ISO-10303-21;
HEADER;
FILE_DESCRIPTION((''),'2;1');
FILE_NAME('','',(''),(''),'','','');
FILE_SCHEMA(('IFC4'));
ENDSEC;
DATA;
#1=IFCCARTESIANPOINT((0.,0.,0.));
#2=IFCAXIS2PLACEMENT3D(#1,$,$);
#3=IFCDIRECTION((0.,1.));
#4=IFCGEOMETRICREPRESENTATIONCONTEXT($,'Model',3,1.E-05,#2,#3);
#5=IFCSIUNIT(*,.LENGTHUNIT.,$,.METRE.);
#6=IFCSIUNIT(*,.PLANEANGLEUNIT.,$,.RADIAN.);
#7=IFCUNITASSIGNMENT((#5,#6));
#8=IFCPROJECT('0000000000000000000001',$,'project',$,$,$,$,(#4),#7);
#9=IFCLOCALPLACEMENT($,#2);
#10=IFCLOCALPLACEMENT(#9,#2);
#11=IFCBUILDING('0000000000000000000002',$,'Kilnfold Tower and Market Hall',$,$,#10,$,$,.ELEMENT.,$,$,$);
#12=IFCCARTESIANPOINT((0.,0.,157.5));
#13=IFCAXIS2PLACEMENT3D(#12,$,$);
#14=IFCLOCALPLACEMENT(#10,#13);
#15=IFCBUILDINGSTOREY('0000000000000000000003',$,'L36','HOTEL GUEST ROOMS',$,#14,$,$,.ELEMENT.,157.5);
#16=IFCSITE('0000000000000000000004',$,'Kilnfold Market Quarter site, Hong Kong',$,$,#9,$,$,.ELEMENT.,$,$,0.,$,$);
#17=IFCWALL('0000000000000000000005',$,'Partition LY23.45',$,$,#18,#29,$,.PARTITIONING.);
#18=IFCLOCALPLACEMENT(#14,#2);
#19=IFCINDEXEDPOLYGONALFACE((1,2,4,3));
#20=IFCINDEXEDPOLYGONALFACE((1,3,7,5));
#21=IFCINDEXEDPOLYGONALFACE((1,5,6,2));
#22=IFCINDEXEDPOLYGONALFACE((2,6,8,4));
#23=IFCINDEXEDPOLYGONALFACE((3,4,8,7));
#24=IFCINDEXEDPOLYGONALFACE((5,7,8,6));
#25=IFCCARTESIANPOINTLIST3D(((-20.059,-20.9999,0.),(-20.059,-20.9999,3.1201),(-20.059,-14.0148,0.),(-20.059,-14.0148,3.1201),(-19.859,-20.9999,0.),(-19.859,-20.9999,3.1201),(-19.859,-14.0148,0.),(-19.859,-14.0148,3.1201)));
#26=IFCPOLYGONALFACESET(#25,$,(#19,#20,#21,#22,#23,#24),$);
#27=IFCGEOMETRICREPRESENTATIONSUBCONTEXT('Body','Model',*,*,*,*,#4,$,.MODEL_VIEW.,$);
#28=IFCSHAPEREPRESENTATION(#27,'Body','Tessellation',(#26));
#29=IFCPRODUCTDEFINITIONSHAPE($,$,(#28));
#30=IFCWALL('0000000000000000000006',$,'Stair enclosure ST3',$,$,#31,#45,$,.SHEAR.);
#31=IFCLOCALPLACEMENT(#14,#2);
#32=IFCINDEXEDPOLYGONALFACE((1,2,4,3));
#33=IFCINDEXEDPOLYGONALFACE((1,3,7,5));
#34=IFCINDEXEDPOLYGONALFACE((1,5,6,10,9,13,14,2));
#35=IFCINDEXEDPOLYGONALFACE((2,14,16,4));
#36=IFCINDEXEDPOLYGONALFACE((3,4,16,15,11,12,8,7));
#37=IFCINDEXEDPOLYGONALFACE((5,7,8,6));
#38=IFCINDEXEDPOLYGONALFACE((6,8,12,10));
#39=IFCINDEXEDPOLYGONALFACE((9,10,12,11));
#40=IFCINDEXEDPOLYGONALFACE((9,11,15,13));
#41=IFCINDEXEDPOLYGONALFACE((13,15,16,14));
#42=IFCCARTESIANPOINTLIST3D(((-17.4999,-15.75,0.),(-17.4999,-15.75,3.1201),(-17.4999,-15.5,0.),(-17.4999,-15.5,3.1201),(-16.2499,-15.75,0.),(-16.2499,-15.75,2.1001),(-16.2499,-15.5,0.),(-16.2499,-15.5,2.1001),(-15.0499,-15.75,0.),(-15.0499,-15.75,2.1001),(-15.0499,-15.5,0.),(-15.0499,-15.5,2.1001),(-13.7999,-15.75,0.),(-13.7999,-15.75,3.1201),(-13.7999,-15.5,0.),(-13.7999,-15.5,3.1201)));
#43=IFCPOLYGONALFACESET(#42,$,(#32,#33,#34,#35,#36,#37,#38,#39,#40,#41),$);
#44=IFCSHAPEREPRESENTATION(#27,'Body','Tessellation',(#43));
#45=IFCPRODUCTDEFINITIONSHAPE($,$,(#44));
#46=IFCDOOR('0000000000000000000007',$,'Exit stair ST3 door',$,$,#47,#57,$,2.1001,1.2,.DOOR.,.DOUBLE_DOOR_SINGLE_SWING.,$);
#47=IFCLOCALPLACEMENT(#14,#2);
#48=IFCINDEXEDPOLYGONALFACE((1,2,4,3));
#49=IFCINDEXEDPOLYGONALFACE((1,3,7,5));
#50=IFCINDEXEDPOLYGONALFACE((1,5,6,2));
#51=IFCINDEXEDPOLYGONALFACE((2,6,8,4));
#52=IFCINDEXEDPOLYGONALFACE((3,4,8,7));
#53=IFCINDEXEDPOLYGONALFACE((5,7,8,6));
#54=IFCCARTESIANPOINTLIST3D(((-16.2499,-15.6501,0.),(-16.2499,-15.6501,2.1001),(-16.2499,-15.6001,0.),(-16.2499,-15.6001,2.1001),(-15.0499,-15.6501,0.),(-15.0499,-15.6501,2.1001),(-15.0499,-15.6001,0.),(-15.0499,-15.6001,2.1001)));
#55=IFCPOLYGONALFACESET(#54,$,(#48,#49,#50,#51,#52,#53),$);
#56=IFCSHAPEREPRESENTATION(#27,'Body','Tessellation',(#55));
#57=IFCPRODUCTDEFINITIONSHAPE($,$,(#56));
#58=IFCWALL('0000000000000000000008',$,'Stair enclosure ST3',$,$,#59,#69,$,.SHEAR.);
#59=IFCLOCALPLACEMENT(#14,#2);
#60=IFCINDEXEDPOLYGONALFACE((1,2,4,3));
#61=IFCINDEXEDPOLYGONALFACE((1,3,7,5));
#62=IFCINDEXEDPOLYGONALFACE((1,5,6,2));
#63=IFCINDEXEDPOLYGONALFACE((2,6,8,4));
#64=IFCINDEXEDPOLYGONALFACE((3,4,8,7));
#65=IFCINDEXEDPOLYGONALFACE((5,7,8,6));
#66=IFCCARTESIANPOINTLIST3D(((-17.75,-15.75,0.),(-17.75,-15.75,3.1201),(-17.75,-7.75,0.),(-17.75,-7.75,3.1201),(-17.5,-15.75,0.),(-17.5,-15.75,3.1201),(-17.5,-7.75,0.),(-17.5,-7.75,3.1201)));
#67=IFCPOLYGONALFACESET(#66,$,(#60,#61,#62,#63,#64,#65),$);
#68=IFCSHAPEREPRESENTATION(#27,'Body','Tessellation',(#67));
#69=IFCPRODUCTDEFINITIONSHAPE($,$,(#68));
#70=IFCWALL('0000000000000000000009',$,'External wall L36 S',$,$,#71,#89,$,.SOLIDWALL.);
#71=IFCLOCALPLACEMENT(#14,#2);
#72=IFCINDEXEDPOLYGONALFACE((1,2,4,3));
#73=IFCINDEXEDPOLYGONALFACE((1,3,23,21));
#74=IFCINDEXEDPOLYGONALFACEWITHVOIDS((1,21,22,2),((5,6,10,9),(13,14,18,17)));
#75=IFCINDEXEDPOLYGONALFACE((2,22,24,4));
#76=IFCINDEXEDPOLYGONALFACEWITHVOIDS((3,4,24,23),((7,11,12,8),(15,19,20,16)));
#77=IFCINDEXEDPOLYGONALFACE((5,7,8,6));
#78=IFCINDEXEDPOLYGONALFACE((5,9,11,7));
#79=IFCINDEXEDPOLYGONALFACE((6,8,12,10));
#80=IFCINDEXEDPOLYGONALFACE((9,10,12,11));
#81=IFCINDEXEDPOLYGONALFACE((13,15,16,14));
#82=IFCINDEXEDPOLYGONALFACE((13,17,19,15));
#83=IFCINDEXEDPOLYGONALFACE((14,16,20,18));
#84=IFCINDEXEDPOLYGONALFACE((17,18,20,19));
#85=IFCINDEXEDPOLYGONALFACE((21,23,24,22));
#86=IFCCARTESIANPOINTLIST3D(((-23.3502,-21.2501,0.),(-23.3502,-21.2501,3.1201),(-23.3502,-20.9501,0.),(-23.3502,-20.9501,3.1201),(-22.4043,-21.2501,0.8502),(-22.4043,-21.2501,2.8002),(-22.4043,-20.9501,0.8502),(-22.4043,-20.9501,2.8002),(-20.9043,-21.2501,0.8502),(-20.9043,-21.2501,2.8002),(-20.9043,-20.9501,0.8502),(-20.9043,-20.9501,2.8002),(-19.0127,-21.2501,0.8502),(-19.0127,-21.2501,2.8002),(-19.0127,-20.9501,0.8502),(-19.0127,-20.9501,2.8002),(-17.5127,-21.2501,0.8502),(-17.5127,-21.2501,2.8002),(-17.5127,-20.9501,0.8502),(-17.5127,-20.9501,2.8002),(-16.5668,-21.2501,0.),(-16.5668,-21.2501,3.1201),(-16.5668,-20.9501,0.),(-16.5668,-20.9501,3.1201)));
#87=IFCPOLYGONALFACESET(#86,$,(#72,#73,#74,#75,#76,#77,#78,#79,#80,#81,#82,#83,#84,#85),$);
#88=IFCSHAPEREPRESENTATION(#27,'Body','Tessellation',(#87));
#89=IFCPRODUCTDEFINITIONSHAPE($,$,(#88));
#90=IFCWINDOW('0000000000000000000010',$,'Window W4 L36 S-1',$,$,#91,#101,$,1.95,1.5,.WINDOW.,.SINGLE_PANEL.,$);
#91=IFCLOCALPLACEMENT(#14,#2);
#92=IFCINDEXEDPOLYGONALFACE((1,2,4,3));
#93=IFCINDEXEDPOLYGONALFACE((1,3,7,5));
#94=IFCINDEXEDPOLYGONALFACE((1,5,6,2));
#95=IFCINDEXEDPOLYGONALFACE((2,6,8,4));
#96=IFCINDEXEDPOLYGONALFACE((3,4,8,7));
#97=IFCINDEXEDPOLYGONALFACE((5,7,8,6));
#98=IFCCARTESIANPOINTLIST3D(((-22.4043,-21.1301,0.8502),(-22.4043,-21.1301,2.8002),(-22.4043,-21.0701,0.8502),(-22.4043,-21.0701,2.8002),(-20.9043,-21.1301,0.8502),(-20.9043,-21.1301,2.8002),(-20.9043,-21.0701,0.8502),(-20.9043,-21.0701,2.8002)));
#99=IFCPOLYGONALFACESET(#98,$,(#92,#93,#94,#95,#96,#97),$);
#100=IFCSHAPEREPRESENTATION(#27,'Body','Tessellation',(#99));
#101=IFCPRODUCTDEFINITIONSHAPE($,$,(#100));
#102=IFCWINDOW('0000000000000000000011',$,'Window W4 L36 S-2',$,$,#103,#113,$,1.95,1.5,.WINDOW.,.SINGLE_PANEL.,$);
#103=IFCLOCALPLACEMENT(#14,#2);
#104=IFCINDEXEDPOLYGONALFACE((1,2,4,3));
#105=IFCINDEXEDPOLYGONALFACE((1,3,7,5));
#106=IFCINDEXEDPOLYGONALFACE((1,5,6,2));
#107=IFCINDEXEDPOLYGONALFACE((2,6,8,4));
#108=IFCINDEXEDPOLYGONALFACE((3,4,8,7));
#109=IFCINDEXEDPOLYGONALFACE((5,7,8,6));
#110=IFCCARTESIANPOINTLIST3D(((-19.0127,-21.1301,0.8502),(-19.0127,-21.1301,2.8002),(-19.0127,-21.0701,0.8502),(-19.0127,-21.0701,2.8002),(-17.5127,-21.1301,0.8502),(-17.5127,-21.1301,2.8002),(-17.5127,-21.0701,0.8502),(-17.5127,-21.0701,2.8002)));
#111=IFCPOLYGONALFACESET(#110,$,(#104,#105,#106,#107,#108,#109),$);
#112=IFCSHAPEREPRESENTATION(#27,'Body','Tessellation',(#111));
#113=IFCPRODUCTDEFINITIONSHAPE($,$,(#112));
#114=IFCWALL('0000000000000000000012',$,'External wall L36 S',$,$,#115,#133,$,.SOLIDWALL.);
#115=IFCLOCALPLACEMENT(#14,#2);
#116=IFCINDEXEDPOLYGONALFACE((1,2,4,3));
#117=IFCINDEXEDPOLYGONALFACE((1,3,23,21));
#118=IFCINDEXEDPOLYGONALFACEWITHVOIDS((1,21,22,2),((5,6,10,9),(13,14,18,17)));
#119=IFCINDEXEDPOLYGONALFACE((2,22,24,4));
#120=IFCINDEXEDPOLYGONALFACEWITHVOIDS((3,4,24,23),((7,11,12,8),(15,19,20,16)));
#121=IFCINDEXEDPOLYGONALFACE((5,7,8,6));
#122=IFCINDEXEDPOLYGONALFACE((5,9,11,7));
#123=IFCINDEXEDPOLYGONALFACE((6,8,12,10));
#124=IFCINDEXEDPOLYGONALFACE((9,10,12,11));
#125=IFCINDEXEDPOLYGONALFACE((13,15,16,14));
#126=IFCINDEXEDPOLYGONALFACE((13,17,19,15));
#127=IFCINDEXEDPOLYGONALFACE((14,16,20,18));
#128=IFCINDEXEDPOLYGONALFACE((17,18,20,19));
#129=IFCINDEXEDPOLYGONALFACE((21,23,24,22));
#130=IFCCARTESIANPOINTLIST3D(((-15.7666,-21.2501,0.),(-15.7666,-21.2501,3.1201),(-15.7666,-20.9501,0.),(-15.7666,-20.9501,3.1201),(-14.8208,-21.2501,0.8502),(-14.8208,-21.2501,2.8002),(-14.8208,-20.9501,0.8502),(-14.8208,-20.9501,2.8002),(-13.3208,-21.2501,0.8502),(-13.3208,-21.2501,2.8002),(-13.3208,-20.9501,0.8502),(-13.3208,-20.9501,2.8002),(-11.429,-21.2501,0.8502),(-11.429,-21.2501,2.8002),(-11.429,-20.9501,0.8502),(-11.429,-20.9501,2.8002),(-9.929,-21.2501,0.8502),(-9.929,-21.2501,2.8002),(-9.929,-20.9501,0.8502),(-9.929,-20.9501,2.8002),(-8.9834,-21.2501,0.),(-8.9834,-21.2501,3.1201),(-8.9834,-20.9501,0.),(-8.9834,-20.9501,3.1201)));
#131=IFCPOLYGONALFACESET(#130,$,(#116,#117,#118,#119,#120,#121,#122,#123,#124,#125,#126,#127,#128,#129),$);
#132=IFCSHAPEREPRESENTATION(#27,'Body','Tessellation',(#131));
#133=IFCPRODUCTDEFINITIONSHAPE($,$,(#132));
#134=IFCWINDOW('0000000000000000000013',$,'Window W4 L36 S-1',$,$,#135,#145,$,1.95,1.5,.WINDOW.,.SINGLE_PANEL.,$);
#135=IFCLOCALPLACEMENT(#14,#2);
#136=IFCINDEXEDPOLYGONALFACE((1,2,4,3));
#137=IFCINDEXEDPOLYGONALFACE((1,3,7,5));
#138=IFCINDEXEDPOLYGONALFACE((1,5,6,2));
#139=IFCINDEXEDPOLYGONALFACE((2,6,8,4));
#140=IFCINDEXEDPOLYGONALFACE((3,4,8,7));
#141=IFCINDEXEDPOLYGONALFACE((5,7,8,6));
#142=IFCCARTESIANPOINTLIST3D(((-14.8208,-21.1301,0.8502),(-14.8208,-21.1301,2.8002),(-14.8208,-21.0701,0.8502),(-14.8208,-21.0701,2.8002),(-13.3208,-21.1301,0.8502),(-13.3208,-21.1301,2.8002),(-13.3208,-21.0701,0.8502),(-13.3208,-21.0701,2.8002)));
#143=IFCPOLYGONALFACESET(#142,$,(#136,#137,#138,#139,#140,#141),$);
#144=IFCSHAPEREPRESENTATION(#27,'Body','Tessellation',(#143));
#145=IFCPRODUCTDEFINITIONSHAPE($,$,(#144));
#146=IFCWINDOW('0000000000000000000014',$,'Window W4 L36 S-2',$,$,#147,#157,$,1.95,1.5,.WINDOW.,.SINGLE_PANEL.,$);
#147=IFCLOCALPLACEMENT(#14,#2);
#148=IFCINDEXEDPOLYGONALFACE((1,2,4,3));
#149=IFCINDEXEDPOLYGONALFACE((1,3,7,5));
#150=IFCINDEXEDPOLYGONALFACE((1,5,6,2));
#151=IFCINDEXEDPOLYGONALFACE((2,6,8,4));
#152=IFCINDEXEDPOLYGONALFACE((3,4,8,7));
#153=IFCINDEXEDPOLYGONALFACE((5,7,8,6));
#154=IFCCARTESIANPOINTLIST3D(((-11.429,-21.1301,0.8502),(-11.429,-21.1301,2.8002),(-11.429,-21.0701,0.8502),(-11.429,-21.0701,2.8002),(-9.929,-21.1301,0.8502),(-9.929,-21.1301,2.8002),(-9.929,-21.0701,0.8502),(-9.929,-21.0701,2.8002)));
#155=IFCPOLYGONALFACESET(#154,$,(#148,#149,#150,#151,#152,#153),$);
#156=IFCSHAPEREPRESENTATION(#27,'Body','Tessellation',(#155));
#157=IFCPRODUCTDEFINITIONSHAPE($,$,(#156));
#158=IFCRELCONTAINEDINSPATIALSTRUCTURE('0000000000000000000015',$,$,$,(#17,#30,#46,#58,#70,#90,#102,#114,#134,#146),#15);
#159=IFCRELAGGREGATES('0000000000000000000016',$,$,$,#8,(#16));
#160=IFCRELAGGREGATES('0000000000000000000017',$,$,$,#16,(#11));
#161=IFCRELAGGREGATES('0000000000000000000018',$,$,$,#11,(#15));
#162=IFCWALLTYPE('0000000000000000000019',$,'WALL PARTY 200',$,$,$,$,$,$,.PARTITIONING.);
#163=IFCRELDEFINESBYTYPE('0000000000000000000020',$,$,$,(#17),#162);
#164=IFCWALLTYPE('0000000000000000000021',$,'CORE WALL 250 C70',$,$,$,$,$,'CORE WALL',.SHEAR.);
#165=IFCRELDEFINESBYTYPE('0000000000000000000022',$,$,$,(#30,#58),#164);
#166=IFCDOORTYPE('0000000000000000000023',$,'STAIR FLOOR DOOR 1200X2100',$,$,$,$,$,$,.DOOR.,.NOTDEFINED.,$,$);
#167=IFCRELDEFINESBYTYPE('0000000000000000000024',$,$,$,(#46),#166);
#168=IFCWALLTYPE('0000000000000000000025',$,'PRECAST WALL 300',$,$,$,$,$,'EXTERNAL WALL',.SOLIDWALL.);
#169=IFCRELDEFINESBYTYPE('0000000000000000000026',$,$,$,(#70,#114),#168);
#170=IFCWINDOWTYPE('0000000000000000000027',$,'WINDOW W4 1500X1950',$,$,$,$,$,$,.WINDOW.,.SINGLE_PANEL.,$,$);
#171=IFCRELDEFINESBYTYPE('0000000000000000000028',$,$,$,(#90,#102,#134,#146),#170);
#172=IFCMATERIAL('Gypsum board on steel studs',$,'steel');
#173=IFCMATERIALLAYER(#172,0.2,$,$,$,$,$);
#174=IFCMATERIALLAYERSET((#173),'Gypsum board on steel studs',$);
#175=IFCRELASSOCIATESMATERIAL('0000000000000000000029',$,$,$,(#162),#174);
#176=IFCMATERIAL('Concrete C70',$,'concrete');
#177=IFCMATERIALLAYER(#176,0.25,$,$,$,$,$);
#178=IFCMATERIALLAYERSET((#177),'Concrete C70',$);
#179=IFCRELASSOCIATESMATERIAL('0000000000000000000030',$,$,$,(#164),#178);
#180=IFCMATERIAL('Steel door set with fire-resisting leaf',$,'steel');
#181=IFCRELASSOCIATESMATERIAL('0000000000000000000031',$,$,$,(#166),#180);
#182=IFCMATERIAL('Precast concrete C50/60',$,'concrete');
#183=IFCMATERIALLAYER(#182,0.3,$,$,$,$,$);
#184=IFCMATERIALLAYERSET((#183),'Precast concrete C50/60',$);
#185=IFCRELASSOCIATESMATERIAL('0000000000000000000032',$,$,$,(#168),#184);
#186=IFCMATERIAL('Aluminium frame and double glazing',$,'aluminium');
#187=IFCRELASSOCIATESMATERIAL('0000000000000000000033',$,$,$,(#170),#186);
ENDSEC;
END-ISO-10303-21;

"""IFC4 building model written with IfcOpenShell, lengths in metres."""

from ifc_helpers import new_model, si_unit, direction, frame, frame_2d, origin, place, context, subcontext, project, spatial, rectangle, extrude, source, transform, mapped, material, layer, layer_set, type_object, element, fill, save


model = new_model("IFC4")

# Units and contexts
model_context = context("Model", 3, precision=1e-05, world=origin(), true_north=direction((0.0, 1.0)))
body_context = subcontext(model_context, "Body", "Model", "MODEL_VIEW")
ifc_project = project(units=[si_unit("LENGTHUNIT", "METRE"), si_unit("PLANEANGLEUNIT", "RADIAN")], contexts=[model_context])

# Site, building, storey
site_placement = place(None, origin())
site = spatial("IfcSite", under=ifc_project, at=site_placement, Name="Kilnfold Market Quarter site, Hong Kong", CompositionType="ELEMENT", RefElevation=0.0)
building_placement = place(site_placement, origin())
building = spatial("IfcBuilding", under=site, at=building_placement, Name="Kilnfold Tower and Market Hall", CompositionType="ELEMENT")
storey_placement = place(building_placement, frame((0.0, 0.0, 157.5)))
storey = spatial("IfcBuildingStorey", under=building, at=storey_placement, Name="L36", Description="HOTEL GUEST ROOMS", CompositionType="ELEMENT", Elevation=157.5)

# Wall
ifc_material_1 = material(Name="Gypsum board on steel studs", Category="steel")
ifc_layer_1 = layer(ifc_material_1, 0.2)
ifc_layer_set_1 = layer_set([ifc_layer_1], Name="Gypsum board on steel studs")
wall_type_1 = type_object("IfcWallType", Name="WALL PARTY 200", PredefinedType="PARTITIONING", material=ifc_layer_set_1)
wall_1_placement = place(storey_placement, frame((-19.959, -21.0, 0.0), z_axis=(0.0, 0.0, 1.0), x_axis=(0.0, 1.0, 0.0)))
element("IfcWall", 1, at=wall_1_placement, inside=storey, type_object=wall_type_1, Name="Partition LY23.45", PredefinedType="PARTITIONING", context=body_context, shape_type="SweptSolid", body=[
    extrude(rectangle(XDim=6.9851, YDim=0.2, at=frame_2d((3.4927, 0.0))), origin(), (0.0, 0.0, 1.0), 3.1201),
])

# Wall, opening, door
ifc_material_2 = material(Name="Concrete C70", Category="concrete")
ifc_layer_2 = layer(ifc_material_2, 0.25)
ifc_layer_set_2 = layer_set([ifc_layer_2], Name="Concrete C70")
wall_type_2 = type_object("IfcWallType", Name="CORE WALL 250 C70", ElementType="CORE WALL", PredefinedType="SHEAR", material=ifc_layer_set_2)
shared_shape_1 = source(origin(), body_context, "Body", "SweptSolid", [
    extrude(rectangle(XDim=3.7, YDim=0.25, at=frame_2d((1.8501, 0.0))), origin(), (0.0, 0.0, 1.0), 3.1201),
])
wall_2_placement = place(storey_placement, frame((-17.5, -15.625, 0.0), z_axis=(0.0, 0.0, 1.0), x_axis=(1.0, 0.0, 0.0)))
wall_2 = element("IfcWall", 2, at=wall_2_placement, inside=storey, type_object=wall_type_2, Name="Stair enclosure ST3", PredefinedType="SHEAR", context=body_context, shape_type="MappedRepresentation", body=[
    mapped(shared_shape_1, transform((0.0, 0.0, 0.0))),
])
opening_1_placement = place(wall_2_placement, frame((1.25, 0.0, 0.0)))
opening_1 = element("IfcOpeningElement", 3, at=opening_1_placement, cuts=wall_2, PredefinedType="OPENING", context=body_context, shape_type="SweptSolid", body=[
    extrude(rectangle(XDim=1.2, YDim=2.1001, at=frame_2d((0.6001, 1.05))), frame((0.0, 0.135, 0.0), z_axis=(0.0, -1.0, 0.0), x_axis=(1.0, 0.0, 0.0)), (0.0, 0.0, 1.0), 0.27),
])
ifc_material_3 = material(Name="Steel door set with fire-resisting leaf", Category="steel")
door_type_1 = type_object("IfcDoorType", Name="STAIR FLOOR DOOR 1200X2100", OperationType="NOTDEFINED", PredefinedType="DOOR", material=ifc_material_3)
door_1_placement = place(opening_1_placement, origin())
door_1 = element("IfcDoor", 4, at=door_1_placement, inside=storey, type_object=door_type_1, Name="Exit stair ST3 door", OperationType="DOUBLE_DOOR_SINGLE_SWING", OverallHeight=2.1001, OverallWidth=1.2, PredefinedType="DOOR", context=body_context, shape_type="SweptSolid", body=[
    extrude(rectangle(XDim=1.2, YDim=2.1001, at=frame_2d((0.6001, 1.05))), frame((0.0, 0.0249, 0.0), z_axis=(0.0, -1.0, 0.0), x_axis=(1.0, 0.0, 0.0)), (0.0, 0.0, 1.0), 0.05),
])
fill(opening_1, door_1)

# Wall
shared_shape_2 = source(origin(), body_context, "Body", "SweptSolid", [
    extrude(rectangle(XDim=8.0, YDim=0.25, at=frame_2d((4.0, 0.0))), origin(), (0.0, 0.0, 1.0), 3.1201),
])
wall_3_placement = place(storey_placement, frame((-17.625, -15.75, 0.0), z_axis=(0.0, 0.0, 1.0), x_axis=(0.0, 1.0, 0.0)))
element("IfcWall", 5, at=wall_3_placement, inside=storey, type_object=wall_type_2, Name="Stair enclosure ST3", PredefinedType="SHEAR", context=body_context, shape_type="MappedRepresentation", body=[
    mapped(shared_shape_2, transform((0.0, 0.0, 0.0))),
])

# Walls, openings, windows
ifc_material_4 = material(Name="Precast concrete C50/60", Category="concrete")
ifc_layer_3 = layer(ifc_material_4, 0.3)
ifc_layer_set_3 = layer_set([ifc_layer_3], Name="Precast concrete C50/60")
wall_type_3 = type_object("IfcWallType", Name="PRECAST WALL 300", ElementType="EXTERNAL WALL", PredefinedType="SOLIDWALL", material=ifc_layer_set_3)
shared_shape_3 = source(origin(), body_context, "Body", "SweptSolid", [
    extrude(rectangle(XDim=6.7834, YDim=0.3, at=frame_2d((3.3916, 0.0))), origin(), (0.0, 0.0, 1.0), 3.1201),
])
wall_4_placement = place(storey_placement, frame((-23.3501, -21.1001, 0.0), z_axis=(0.0, 0.0, 1.0), x_axis=(1.0, 0.0, 0.0)))
wall_4 = element("IfcWall", 6, at=wall_4_placement, inside=storey, type_object=wall_type_3, Name="External wall L36 S", PredefinedType="SOLIDWALL", context=body_context, shape_type="MappedRepresentation", body=[
    mapped(shared_shape_3, transform((0.0, 0.0, 0.0))),
])
opening_2_placement = place(wall_4_placement, frame((0.9458, 0.0, 0.8501)))
opening_2 = element("IfcOpeningElement", 7, at=opening_2_placement, cuts=wall_4, PredefinedType="OPENING", context=body_context, shape_type="SweptSolid", body=[
    extrude(rectangle(XDim=1.5, YDim=1.95, at=frame_2d((0.75, 0.9751))), frame((0.0, 0.1602, 0.0), z_axis=(0.0, -1.0, 0.0), x_axis=(1.0, 0.0, 0.0)), (0.0, 0.0, 1.0), 0.3201),
])
opening_3_placement = place(wall_4_placement, frame((4.3374, 0.0, 0.8501)))
opening_3 = element("IfcOpeningElement", 8, at=opening_3_placement, cuts=wall_4, PredefinedType="OPENING", context=body_context, shape_type="SweptSolid", body=[
    extrude(rectangle(XDim=1.5, YDim=1.95, at=frame_2d((0.75, 0.9751))), frame((0.0, 0.1602, 0.0), z_axis=(0.0, -1.0, 0.0), x_axis=(1.0, 0.0, 0.0)), (0.0, 0.0, 1.0), 0.3201),
])
ifc_material_5 = material(Name="Aluminium frame and double glazing", Category="aluminium")
window_type_1 = type_object("IfcWindowType", Name="WINDOW W4 1500X1950", PartitioningType="SINGLE_PANEL", PredefinedType="WINDOW", material=ifc_material_5)
window_1_placement = place(opening_2_placement, origin())
window_1 = element("IfcWindow", 9, at=window_1_placement, inside=storey, type_object=window_type_1, Name="Window W4 L36 S-1", OverallHeight=1.95, OverallWidth=1.5, PartitioningType="SINGLE_PANEL", PredefinedType="WINDOW", context=body_context, shape_type="SweptSolid", body=[
    extrude(rectangle(XDim=1.5, YDim=1.95, at=frame_2d((0.75, 0.9751))), frame((0.0, 0.03, 0.0), z_axis=(0.0, -1.0, 0.0), x_axis=(1.0, 0.0, 0.0)), (0.0, 0.0, 1.0), 0.0601),
])
fill(opening_2, window_1)
window_2_placement = place(opening_3_placement, origin())
window_2 = element("IfcWindow", 10, at=window_2_placement, inside=storey, type_object=window_type_1, Name="Window W4 L36 S-2", OverallHeight=1.95, OverallWidth=1.5, PartitioningType="SINGLE_PANEL", PredefinedType="WINDOW", context=body_context, shape_type="SweptSolid", body=[
    extrude(rectangle(XDim=1.5, YDim=1.95, at=frame_2d((0.75, 0.9751))), frame((0.0, 0.03, 0.0), z_axis=(0.0, -1.0, 0.0), x_axis=(1.0, 0.0, 0.0)), (0.0, 0.0, 1.0), 0.0601),
])
fill(opening_3, window_2)
shared_shape_4 = source(origin(), body_context, "Body", "SweptSolid", [
    extrude(rectangle(XDim=6.7832, YDim=0.3, at=frame_2d((3.3916, 0.0))), origin(), (0.0, 0.0, 1.0), 3.1201),
])
wall_5_placement = place(storey_placement, frame((-15.7666, -21.1001, 0.0), z_axis=(0.0, 0.0, 1.0), x_axis=(1.0, 0.0, 0.0)))
wall_5 = element("IfcWall", 11, at=wall_5_placement, inside=storey, type_object=wall_type_3, Name="External wall L36 S", PredefinedType="SOLIDWALL", context=body_context, shape_type="MappedRepresentation", body=[
    mapped(shared_shape_4, transform((0.0, 0.0, 0.0))),
])
opening_4_placement = place(wall_5_placement, frame((0.9458, 0.0, 0.8501)))
opening_4 = element("IfcOpeningElement", 12, at=opening_4_placement, cuts=wall_5, PredefinedType="OPENING", context=body_context, shape_type="SweptSolid", body=[
    extrude(rectangle(XDim=1.5, YDim=1.95, at=frame_2d((0.75, 0.9751))), frame((0.0, 0.1602, 0.0), z_axis=(0.0, -1.0, 0.0), x_axis=(1.0, 0.0, 0.0)), (0.0, 0.0, 1.0), 0.3201),
])
opening_5_placement = place(wall_5_placement, frame((4.3376, 0.0, 0.8501)))
opening_5 = element("IfcOpeningElement", 13, at=opening_5_placement, cuts=wall_5, PredefinedType="OPENING", context=body_context, shape_type="SweptSolid", body=[
    extrude(rectangle(XDim=1.5, YDim=1.95, at=frame_2d((0.75, 0.9751))), frame((0.0, 0.1602, 0.0), z_axis=(0.0, -1.0, 0.0), x_axis=(1.0, 0.0, 0.0)), (0.0, 0.0, 1.0), 0.3201),
])
window_3_placement = place(opening_4_placement, origin())
window_3 = element("IfcWindow", 14, at=window_3_placement, inside=storey, type_object=window_type_1, Name="Window W4 L36 S-1", OverallHeight=1.95, OverallWidth=1.5, PartitioningType="SINGLE_PANEL", PredefinedType="WINDOW", context=body_context, shape_type="SweptSolid", body=[
    extrude(rectangle(XDim=1.5, YDim=1.95, at=frame_2d((0.75, 0.9751))), frame((0.0, 0.03, 0.0), z_axis=(0.0, -1.0, 0.0), x_axis=(1.0, 0.0, 0.0)), (0.0, 0.0, 1.0), 0.0601),
])
fill(opening_4, window_3)
window_4_placement = place(opening_5_placement, origin())
window_4 = element("IfcWindow", 15, at=window_4_placement, inside=storey, type_object=window_type_1, Name="Window W4 L36 S-2", OverallHeight=1.95, OverallWidth=1.5, PartitioningType="SINGLE_PANEL", PredefinedType="WINDOW", context=body_context, shape_type="SweptSolid", body=[
    extrude(rectangle(XDim=1.5, YDim=1.95, at=frame_2d((0.75, 0.9751))), frame((0.0, 0.03, 0.0), z_axis=(0.0, -1.0, 0.0), x_axis=(1.0, 0.0, 0.0)), (0.0, 0.0, 1.0), 0.0601),
])
fill(opening_5, window_4)

save(model, "model.ifc")
